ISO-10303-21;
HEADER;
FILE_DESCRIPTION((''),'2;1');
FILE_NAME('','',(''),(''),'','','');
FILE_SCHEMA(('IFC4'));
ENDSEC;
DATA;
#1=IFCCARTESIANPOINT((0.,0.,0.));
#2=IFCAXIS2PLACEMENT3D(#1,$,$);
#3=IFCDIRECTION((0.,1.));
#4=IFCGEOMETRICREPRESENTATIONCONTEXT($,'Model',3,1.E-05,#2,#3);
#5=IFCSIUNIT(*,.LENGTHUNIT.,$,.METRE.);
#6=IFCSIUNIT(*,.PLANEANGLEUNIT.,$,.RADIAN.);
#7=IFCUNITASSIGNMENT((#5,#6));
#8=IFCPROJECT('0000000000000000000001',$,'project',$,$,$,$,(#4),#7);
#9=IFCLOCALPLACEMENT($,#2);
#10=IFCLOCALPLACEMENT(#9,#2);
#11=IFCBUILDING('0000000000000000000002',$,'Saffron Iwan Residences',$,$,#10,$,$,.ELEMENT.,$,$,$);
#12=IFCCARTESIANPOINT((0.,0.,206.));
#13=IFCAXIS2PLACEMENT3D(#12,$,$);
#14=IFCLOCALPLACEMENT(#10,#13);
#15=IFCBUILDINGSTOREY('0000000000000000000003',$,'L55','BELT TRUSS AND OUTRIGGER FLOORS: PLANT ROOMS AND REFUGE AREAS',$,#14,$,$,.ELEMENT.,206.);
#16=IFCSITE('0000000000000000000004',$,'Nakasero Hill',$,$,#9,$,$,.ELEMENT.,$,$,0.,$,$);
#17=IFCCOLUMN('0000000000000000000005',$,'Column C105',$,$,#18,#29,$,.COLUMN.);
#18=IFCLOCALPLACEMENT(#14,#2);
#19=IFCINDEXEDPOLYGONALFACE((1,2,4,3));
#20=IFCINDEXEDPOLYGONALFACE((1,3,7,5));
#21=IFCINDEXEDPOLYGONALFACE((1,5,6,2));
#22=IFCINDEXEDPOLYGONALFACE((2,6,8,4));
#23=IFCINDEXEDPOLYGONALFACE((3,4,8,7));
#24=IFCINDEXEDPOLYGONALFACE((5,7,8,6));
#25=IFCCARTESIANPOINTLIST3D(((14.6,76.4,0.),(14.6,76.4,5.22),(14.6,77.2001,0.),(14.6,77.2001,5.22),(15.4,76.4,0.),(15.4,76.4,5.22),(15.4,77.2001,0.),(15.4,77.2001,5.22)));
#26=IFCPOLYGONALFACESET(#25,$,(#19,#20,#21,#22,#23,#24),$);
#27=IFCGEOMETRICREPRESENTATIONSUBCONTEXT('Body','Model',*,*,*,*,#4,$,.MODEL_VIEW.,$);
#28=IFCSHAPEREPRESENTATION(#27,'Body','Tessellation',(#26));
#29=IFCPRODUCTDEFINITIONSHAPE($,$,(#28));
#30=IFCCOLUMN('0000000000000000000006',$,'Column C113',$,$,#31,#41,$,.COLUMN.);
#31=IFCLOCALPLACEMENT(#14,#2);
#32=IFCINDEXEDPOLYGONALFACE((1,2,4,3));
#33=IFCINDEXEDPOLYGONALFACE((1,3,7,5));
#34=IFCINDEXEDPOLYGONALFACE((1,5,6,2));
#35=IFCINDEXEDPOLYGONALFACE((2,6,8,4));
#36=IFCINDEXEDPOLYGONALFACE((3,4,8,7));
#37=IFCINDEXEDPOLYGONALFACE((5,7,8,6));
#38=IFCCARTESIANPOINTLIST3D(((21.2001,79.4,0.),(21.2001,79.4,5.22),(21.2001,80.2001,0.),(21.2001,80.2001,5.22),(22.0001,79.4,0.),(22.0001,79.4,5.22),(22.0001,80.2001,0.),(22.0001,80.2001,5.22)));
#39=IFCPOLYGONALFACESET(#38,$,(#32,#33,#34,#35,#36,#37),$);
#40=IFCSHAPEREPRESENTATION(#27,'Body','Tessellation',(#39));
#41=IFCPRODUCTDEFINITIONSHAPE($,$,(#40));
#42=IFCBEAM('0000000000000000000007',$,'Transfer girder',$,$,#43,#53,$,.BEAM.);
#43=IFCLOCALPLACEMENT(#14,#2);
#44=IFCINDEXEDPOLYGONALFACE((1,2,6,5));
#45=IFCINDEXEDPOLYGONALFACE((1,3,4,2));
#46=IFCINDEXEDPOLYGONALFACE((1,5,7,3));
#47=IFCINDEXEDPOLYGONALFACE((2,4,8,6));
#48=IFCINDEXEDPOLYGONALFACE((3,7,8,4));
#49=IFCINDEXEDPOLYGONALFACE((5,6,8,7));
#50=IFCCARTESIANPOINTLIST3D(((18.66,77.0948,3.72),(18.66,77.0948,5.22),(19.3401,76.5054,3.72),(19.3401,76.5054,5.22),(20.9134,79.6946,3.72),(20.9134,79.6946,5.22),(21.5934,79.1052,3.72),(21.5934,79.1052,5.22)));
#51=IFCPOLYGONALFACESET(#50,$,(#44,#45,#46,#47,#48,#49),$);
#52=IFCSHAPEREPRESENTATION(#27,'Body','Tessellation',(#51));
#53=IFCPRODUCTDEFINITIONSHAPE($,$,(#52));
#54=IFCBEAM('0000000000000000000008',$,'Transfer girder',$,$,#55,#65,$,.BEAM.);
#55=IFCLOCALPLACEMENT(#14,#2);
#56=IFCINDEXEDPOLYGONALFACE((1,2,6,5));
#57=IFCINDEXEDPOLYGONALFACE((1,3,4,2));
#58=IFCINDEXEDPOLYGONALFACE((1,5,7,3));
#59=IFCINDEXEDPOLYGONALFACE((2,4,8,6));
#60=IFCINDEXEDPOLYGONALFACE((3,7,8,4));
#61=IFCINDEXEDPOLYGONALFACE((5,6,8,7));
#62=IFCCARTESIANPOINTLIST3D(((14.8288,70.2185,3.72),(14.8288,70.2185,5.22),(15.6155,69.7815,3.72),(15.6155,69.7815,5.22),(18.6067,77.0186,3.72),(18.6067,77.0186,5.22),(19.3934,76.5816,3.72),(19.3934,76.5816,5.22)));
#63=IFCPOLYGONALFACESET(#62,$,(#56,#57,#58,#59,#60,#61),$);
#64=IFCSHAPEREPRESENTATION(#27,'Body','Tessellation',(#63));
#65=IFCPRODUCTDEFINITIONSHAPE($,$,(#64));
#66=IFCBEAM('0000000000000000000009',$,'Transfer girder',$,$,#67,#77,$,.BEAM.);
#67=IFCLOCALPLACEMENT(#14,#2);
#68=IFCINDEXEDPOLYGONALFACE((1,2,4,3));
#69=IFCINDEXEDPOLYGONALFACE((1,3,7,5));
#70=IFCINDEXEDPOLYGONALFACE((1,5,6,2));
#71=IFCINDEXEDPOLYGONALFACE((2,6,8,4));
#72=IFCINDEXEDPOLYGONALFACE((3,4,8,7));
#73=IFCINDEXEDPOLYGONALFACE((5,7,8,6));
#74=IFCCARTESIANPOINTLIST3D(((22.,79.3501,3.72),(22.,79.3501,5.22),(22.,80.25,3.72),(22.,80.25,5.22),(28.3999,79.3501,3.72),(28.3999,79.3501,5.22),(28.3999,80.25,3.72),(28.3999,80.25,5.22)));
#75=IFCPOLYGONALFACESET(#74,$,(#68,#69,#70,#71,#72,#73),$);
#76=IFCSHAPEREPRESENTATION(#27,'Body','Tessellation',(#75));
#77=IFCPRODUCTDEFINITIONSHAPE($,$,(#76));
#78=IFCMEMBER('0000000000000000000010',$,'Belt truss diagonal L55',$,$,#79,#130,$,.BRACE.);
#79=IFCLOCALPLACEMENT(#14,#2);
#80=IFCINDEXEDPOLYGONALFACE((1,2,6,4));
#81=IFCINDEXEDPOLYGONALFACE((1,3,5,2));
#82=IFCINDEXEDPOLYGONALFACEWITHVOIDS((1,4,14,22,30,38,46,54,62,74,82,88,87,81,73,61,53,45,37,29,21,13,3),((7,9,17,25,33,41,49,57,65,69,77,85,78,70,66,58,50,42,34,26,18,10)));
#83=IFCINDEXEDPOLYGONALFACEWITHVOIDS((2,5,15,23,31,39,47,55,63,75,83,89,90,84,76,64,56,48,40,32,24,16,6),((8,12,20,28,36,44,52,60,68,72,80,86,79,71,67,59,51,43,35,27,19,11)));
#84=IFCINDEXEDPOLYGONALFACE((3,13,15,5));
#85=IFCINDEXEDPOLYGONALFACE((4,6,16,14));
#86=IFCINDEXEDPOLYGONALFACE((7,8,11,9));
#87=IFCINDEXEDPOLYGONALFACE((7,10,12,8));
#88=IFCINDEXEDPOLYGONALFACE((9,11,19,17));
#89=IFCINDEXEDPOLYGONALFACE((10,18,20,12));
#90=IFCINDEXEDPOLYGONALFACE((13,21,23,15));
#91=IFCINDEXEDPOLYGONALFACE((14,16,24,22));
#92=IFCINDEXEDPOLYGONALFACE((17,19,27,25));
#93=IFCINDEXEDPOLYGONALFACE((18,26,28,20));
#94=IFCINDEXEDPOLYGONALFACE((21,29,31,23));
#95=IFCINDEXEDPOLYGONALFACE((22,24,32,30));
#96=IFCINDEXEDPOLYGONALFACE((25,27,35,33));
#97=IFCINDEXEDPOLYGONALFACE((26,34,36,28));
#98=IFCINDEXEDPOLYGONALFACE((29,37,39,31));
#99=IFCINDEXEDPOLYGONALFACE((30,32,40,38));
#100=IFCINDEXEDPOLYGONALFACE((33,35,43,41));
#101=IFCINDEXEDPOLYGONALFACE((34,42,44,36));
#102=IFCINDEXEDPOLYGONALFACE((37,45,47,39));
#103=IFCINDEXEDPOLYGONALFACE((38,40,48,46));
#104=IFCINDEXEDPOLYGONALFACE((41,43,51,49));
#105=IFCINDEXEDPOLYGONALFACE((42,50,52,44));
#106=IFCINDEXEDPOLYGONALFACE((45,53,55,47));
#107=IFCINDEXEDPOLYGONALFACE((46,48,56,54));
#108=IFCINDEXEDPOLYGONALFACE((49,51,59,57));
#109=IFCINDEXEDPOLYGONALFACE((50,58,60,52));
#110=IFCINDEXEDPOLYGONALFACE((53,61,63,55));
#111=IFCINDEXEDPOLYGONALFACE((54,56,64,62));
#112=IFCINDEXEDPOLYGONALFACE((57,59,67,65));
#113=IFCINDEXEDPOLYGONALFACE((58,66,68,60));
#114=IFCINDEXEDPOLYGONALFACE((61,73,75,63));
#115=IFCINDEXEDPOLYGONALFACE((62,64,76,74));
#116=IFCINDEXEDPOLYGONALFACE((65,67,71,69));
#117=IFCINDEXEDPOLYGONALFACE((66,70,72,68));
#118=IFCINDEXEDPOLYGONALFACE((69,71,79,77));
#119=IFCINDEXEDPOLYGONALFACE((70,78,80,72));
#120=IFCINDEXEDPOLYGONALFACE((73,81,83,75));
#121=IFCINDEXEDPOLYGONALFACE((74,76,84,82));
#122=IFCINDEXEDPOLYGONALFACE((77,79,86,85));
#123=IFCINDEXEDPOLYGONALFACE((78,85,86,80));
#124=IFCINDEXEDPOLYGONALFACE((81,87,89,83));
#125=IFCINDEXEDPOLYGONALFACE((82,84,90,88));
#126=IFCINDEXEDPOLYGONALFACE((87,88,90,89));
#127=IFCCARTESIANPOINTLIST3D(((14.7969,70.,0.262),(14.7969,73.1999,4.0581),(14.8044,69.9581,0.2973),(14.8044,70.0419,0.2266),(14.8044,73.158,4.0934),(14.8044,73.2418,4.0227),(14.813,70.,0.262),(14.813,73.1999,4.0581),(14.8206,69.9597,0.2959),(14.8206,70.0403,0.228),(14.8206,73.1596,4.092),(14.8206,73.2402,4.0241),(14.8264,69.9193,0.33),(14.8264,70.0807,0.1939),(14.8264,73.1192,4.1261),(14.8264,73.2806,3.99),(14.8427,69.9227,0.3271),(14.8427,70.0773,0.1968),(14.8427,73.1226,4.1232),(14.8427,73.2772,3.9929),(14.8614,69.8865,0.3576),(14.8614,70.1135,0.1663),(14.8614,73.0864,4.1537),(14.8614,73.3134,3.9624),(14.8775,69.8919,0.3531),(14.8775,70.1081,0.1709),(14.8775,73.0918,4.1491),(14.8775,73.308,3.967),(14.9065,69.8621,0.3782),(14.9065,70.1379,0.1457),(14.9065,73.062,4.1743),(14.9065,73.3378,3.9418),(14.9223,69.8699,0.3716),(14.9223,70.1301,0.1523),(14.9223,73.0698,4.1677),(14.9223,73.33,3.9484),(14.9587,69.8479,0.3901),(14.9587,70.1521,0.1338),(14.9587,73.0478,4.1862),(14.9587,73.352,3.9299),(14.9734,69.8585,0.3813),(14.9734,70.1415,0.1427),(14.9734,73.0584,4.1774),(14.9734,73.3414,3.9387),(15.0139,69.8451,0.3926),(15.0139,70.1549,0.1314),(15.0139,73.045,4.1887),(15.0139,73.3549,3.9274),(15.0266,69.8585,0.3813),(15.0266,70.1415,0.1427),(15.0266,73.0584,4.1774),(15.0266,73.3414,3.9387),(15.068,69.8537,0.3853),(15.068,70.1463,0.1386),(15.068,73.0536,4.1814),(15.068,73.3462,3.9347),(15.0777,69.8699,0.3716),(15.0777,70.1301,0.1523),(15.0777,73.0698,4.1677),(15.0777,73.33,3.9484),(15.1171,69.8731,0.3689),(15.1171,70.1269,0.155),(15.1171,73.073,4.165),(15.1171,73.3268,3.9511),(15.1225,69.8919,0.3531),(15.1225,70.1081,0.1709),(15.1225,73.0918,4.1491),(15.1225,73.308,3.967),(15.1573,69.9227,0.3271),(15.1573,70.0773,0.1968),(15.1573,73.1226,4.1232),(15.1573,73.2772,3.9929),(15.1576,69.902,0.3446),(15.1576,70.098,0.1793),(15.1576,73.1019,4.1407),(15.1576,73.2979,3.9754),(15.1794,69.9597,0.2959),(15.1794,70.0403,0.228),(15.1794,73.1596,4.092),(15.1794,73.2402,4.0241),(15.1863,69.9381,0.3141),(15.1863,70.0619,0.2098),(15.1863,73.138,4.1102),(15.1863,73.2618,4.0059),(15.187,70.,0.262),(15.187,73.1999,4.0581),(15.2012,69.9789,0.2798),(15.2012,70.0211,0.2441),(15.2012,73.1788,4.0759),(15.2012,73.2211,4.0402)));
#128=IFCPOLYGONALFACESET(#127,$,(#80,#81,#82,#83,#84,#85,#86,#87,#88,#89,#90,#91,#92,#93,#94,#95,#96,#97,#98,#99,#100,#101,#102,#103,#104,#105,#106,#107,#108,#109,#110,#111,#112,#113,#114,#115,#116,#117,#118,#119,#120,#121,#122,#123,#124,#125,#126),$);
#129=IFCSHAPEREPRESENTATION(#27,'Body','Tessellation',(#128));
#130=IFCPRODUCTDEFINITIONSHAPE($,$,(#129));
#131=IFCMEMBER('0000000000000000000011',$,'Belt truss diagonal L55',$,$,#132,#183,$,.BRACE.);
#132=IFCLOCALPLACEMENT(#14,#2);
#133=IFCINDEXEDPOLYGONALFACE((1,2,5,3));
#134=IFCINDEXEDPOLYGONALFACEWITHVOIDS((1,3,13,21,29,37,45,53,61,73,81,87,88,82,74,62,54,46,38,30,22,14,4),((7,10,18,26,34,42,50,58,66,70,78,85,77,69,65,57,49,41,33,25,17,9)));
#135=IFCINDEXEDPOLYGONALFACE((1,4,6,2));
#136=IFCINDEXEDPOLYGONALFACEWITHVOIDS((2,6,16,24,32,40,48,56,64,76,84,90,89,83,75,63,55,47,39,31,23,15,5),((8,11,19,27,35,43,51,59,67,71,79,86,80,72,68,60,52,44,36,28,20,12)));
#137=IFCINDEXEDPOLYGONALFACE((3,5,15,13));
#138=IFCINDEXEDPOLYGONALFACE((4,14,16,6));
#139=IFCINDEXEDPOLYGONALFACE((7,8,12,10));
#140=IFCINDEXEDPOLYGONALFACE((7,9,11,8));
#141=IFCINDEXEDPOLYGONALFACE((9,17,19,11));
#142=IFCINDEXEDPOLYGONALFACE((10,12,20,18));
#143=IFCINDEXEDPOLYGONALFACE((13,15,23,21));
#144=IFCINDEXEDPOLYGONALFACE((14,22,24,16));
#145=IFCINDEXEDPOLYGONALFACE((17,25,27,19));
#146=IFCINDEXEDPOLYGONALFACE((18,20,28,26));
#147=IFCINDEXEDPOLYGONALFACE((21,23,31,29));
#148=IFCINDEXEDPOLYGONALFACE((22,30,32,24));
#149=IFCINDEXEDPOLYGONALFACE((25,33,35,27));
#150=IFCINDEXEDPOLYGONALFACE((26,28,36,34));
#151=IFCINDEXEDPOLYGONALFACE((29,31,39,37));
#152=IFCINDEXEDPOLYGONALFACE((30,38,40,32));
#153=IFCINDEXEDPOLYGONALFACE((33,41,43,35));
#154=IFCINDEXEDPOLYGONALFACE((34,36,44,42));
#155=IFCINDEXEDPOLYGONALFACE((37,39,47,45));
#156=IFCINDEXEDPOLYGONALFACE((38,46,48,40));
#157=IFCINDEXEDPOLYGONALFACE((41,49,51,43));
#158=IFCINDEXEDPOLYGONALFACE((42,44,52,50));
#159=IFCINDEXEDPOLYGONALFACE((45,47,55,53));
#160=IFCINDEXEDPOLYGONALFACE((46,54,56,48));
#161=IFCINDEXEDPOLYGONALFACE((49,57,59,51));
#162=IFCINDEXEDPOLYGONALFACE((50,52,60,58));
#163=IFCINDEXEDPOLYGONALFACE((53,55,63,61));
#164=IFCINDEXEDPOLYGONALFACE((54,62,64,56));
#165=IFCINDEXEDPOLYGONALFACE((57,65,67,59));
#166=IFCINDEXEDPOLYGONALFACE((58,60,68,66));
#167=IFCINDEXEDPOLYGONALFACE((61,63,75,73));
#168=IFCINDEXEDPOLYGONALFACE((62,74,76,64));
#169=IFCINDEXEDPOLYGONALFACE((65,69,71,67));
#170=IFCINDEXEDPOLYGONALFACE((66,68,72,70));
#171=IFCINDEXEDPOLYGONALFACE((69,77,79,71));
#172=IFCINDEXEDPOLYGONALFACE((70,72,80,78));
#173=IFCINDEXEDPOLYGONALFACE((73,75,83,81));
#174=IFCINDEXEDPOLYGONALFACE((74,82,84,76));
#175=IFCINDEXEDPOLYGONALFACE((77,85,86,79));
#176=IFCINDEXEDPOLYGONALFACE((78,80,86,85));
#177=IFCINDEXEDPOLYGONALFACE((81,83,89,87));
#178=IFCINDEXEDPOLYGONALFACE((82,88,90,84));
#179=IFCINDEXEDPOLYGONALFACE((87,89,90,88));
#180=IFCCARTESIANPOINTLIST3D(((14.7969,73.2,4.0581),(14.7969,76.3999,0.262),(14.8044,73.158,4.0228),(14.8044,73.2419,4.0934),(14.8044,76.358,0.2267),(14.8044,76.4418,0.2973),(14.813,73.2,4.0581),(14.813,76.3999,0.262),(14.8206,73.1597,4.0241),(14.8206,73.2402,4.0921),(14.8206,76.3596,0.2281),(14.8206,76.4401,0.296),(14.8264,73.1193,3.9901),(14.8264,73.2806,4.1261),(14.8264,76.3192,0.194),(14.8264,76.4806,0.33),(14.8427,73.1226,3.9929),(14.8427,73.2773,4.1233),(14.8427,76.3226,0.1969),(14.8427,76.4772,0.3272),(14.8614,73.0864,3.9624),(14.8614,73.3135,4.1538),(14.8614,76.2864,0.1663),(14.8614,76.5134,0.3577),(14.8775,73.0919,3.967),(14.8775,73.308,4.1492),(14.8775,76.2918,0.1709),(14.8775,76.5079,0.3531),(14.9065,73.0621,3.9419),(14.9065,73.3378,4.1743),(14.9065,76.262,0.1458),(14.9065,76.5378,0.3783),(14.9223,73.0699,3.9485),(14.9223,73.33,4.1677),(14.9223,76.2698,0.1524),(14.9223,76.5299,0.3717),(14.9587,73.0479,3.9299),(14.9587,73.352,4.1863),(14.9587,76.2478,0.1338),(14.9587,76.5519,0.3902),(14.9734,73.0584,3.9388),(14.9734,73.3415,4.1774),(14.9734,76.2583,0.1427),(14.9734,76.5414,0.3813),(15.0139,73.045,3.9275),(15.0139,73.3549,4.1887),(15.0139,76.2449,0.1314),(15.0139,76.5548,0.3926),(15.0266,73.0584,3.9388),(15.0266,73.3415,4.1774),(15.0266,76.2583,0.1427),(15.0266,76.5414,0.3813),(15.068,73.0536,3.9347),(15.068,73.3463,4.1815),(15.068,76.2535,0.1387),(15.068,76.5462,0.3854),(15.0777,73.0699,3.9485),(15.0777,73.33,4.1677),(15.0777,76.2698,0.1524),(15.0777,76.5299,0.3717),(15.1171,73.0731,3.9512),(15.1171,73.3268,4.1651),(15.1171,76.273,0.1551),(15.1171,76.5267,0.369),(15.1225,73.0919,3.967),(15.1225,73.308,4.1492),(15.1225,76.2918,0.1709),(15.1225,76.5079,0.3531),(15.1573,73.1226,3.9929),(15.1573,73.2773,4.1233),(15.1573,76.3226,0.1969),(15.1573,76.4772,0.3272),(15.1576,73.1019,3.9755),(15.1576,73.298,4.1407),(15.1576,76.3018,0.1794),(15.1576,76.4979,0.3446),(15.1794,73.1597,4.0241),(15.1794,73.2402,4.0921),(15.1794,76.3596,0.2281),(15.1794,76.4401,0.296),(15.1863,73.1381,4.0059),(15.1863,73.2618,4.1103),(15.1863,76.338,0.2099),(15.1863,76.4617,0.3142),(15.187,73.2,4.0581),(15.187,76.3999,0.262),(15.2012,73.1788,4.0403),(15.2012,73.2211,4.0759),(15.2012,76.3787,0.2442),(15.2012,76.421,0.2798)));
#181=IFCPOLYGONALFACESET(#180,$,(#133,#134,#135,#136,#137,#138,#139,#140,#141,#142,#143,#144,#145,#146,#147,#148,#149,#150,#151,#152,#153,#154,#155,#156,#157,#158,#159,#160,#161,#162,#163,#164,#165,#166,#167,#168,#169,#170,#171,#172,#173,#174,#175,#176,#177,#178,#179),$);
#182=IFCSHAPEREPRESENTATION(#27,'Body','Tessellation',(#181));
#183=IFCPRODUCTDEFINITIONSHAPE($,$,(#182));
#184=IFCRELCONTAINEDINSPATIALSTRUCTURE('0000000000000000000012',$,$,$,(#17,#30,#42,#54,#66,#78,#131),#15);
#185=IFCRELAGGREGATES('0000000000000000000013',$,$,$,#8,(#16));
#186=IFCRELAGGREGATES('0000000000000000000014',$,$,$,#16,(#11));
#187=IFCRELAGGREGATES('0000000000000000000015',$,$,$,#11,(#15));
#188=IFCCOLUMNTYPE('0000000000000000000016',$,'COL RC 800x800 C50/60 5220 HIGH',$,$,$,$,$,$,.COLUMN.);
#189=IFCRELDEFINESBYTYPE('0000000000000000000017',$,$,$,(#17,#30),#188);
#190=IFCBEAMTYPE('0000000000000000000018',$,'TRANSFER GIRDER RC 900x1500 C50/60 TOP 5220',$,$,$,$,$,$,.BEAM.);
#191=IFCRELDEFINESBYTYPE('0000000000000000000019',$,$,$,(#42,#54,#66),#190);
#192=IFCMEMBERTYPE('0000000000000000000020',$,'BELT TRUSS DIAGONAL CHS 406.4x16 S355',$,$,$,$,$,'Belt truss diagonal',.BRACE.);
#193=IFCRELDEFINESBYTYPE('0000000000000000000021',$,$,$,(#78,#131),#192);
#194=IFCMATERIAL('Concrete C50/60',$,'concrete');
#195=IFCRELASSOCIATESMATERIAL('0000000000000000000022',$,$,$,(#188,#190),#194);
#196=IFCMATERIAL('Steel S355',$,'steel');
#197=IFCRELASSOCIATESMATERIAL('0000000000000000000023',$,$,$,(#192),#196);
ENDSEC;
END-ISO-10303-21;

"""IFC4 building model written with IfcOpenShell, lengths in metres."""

from ifc_helpers import new_model, si_unit, direction, frame, origin, origin_2d, place, context, subcontext, project, spatial, rectangle, hollow_circle, extrude, source, transform, mapped, material, material_profile, profile_set, type_object, element, save


model = new_model("IFC4")

# Units and contexts
model_context = context("Model", 3, precision=1e-05, world=origin(), true_north=direction((0.0, 1.0)))
body_context = subcontext(model_context, "Body", "Model", "MODEL_VIEW")
ifc_project = project(units=[si_unit("LENGTHUNIT", "METRE"), si_unit("PLANEANGLEUNIT", "RADIAN")], contexts=[model_context])

# Site, building, storey
site_placement = place(None, origin())
site = spatial("IfcSite", under=ifc_project, at=site_placement, Name="Nakasero Hill", CompositionType="ELEMENT", RefElevation=0.0)
building_placement = place(site_placement, origin())
building = spatial("IfcBuilding", under=site, at=building_placement, Name="Saffron Iwan Residences", CompositionType="ELEMENT")
storey_placement = place(building_placement, frame((0.0, 0.0, 206.0)))
storey = spatial("IfcBuildingStorey", under=building, at=storey_placement, Name="L55", Description="BELT TRUSS AND OUTRIGGER FLOORS: PLANT ROOMS AND REFUGE AREAS", CompositionType="ELEMENT", Elevation=206.0)

# Columns
ifc_material_1 = material(Name="Concrete C50/60", Category="concrete")
ifc_material_profile_1 = material_profile(ifc_material_1, rectangle(XDim=0.8, YDim=0.8, at=origin_2d()), Name="RC 800x800")
ifc_profile_set_1 = profile_set([ifc_material_profile_1], Name="Concrete C50/60")
column_type = type_object("IfcColumnType", Name="COL RC 800x800 C50/60 5220 HIGH", PredefinedType="COLUMN", material=ifc_profile_set_1)
shared_shape_1 = source(origin(), body_context, "Body", "SweptSolid", [
    extrude(rectangle(XDim=0.8, YDim=0.8, at=origin_2d()), origin(), (0.0, 0.0, 1.0), 5.22),
])
for number, where, z_axis, x_axis, name in (
    (1, (15.0, 76.8, 0.0), (0.0, 0.0, 1.0), (1.0, 0.0, 0.0), "Column C105"),
    (2, (21.6001, 79.8, 0.0), (0.0, 0.0, 1.0), (1.0, 0.0, 0.0), "Column C113"),
):
    element("IfcColumn", number, at=place(storey_placement, frame(where, z_axis=z_axis, x_axis=x_axis)), inside=storey, type_object=column_type, Name=name, PredefinedType="COLUMN", context=body_context, shape_type="MappedRepresentation", body=[
        mapped(shared_shape_1, transform((0.0, 0.0, 0.0))),
    ])

# Beams
ifc_material_profile_2 = material_profile(ifc_material_1, rectangle(XDim=0.8999, YDim=1.5, at=origin_2d()), Name="RC 900x1500")
ifc_profile_set_2 = profile_set([ifc_material_profile_2], Name="Concrete C50/60")
beam_type = type_object("IfcBeamType", Name="TRANSFER GIRDER RC 900x1500 C50/60 TOP 5220", PredefinedType="BEAM", material=ifc_profile_set_2)
shared_shape_2 = source(origin(), body_context, "Body", "SweptSolid", [
    extrude(rectangle(XDim=0.8999, YDim=1.5, at=origin_2d()), origin(), (0.0, 0.0, 1.0), 3.4404),
])
beam_1_placement = place(storey_placement, frame((21.2534, 79.3999, 4.47), z_axis=(-0.654966, -0.755659, 0.0), x_axis=(0.755659, -0.654966, 0.0)))
element("IfcBeam", 3, at=beam_1_placement, inside=storey, type_object=beam_type, Name="Transfer girder", PredefinedType="BEAM", context=body_context, shape_type="MappedRepresentation", body=[
    mapped(shared_shape_2, transform((0.0, 0.0, 0.0))),
])
shared_shape_3 = source(origin(), body_context, "Body", "SweptSolid", [
    extrude(rectangle(XDim=0.8999, YDim=1.5, at=origin_2d()), origin(), (0.0, 0.0, 1.0), 7.7791),
])
beam_2_placement = place(storey_placement, frame((15.2222, 70.0, 4.47), z_axis=(0.485646, 0.874156, 0.0), x_axis=(-0.874156, 0.485646, 0.0)))
element("IfcBeam", 4, at=beam_2_placement, inside=storey, type_object=beam_type, Name="Transfer girder", PredefinedType="BEAM", context=body_context, shape_type="MappedRepresentation", body=[
    mapped(shared_shape_3, transform((0.0, 0.0, 0.0))),
])
shared_shape_4 = source(origin(), body_context, "Body", "SweptSolid", [
    extrude(rectangle(XDim=0.8999, YDim=1.5, at=origin_2d()), origin(), (0.0, 0.0, 1.0), 6.3999),
])
beam_3_placement = place(storey_placement, frame((22.0, 79.8, 4.47), z_axis=(1.0, 0.0, 0.0), x_axis=(0.0, 1.0, 0.0)))
element("IfcBeam", 5, at=beam_3_placement, inside=storey, type_object=beam_type, Name="Transfer girder", PredefinedType="BEAM", context=body_context, shape_type="MappedRepresentation", body=[
    mapped(shared_shape_4, transform((0.0, 0.0, 0.0))),
])

# Members
ifc_material_2 = material(Name="Steel S355", Category="steel")
ifc_material_profile_3 = material_profile(ifc_material_2, hollow_circle(Radius=0.2031, WallThickness=0.0161, at=origin_2d()), Name="CHS 406.4x16")
ifc_profile_set_3 = profile_set([ifc_material_profile_3], Name="Steel S355")
member_type_1 = type_object("IfcMemberType", Name="BELT TRUSS DIAGONAL CHS 406.4x16 S355", ElementType="Belt truss diagonal", PredefinedType="BRACE", material=ifc_profile_set_3)
shared_shape_5 = source(origin(), body_context, "Body", "SweptSolid", [
    extrude(hollow_circle(Radius=0.2031, WallThickness=0.0161, at=origin_2d()), origin(), (0.0, 0.0, 1.0), 4.9648),
])
for number, where, z_axis, x_axis, name in (
    (6, (15.0, 70.0, 0.262), (0.0, 0.644513, 0.764594), (-1.0, 0.0, 0.0), "Belt truss diagonal L55"),
    (7, (15.0, 73.2, 4.0581), (0.0, 0.644513, -0.764594), (-1.0, 0.0, 0.0), "Belt truss diagonal L55"),
):
    element("IfcMember", number, at=place(storey_placement, frame(where, z_axis=z_axis, x_axis=x_axis)), inside=storey, type_object=member_type_1, Name=name, PredefinedType="BRACE", context=body_context, shape_type="MappedRepresentation", body=[
        mapped(shared_shape_5, transform((0.0, 0.0, 0.0))),
    ])

save(model, "model.ifc")
